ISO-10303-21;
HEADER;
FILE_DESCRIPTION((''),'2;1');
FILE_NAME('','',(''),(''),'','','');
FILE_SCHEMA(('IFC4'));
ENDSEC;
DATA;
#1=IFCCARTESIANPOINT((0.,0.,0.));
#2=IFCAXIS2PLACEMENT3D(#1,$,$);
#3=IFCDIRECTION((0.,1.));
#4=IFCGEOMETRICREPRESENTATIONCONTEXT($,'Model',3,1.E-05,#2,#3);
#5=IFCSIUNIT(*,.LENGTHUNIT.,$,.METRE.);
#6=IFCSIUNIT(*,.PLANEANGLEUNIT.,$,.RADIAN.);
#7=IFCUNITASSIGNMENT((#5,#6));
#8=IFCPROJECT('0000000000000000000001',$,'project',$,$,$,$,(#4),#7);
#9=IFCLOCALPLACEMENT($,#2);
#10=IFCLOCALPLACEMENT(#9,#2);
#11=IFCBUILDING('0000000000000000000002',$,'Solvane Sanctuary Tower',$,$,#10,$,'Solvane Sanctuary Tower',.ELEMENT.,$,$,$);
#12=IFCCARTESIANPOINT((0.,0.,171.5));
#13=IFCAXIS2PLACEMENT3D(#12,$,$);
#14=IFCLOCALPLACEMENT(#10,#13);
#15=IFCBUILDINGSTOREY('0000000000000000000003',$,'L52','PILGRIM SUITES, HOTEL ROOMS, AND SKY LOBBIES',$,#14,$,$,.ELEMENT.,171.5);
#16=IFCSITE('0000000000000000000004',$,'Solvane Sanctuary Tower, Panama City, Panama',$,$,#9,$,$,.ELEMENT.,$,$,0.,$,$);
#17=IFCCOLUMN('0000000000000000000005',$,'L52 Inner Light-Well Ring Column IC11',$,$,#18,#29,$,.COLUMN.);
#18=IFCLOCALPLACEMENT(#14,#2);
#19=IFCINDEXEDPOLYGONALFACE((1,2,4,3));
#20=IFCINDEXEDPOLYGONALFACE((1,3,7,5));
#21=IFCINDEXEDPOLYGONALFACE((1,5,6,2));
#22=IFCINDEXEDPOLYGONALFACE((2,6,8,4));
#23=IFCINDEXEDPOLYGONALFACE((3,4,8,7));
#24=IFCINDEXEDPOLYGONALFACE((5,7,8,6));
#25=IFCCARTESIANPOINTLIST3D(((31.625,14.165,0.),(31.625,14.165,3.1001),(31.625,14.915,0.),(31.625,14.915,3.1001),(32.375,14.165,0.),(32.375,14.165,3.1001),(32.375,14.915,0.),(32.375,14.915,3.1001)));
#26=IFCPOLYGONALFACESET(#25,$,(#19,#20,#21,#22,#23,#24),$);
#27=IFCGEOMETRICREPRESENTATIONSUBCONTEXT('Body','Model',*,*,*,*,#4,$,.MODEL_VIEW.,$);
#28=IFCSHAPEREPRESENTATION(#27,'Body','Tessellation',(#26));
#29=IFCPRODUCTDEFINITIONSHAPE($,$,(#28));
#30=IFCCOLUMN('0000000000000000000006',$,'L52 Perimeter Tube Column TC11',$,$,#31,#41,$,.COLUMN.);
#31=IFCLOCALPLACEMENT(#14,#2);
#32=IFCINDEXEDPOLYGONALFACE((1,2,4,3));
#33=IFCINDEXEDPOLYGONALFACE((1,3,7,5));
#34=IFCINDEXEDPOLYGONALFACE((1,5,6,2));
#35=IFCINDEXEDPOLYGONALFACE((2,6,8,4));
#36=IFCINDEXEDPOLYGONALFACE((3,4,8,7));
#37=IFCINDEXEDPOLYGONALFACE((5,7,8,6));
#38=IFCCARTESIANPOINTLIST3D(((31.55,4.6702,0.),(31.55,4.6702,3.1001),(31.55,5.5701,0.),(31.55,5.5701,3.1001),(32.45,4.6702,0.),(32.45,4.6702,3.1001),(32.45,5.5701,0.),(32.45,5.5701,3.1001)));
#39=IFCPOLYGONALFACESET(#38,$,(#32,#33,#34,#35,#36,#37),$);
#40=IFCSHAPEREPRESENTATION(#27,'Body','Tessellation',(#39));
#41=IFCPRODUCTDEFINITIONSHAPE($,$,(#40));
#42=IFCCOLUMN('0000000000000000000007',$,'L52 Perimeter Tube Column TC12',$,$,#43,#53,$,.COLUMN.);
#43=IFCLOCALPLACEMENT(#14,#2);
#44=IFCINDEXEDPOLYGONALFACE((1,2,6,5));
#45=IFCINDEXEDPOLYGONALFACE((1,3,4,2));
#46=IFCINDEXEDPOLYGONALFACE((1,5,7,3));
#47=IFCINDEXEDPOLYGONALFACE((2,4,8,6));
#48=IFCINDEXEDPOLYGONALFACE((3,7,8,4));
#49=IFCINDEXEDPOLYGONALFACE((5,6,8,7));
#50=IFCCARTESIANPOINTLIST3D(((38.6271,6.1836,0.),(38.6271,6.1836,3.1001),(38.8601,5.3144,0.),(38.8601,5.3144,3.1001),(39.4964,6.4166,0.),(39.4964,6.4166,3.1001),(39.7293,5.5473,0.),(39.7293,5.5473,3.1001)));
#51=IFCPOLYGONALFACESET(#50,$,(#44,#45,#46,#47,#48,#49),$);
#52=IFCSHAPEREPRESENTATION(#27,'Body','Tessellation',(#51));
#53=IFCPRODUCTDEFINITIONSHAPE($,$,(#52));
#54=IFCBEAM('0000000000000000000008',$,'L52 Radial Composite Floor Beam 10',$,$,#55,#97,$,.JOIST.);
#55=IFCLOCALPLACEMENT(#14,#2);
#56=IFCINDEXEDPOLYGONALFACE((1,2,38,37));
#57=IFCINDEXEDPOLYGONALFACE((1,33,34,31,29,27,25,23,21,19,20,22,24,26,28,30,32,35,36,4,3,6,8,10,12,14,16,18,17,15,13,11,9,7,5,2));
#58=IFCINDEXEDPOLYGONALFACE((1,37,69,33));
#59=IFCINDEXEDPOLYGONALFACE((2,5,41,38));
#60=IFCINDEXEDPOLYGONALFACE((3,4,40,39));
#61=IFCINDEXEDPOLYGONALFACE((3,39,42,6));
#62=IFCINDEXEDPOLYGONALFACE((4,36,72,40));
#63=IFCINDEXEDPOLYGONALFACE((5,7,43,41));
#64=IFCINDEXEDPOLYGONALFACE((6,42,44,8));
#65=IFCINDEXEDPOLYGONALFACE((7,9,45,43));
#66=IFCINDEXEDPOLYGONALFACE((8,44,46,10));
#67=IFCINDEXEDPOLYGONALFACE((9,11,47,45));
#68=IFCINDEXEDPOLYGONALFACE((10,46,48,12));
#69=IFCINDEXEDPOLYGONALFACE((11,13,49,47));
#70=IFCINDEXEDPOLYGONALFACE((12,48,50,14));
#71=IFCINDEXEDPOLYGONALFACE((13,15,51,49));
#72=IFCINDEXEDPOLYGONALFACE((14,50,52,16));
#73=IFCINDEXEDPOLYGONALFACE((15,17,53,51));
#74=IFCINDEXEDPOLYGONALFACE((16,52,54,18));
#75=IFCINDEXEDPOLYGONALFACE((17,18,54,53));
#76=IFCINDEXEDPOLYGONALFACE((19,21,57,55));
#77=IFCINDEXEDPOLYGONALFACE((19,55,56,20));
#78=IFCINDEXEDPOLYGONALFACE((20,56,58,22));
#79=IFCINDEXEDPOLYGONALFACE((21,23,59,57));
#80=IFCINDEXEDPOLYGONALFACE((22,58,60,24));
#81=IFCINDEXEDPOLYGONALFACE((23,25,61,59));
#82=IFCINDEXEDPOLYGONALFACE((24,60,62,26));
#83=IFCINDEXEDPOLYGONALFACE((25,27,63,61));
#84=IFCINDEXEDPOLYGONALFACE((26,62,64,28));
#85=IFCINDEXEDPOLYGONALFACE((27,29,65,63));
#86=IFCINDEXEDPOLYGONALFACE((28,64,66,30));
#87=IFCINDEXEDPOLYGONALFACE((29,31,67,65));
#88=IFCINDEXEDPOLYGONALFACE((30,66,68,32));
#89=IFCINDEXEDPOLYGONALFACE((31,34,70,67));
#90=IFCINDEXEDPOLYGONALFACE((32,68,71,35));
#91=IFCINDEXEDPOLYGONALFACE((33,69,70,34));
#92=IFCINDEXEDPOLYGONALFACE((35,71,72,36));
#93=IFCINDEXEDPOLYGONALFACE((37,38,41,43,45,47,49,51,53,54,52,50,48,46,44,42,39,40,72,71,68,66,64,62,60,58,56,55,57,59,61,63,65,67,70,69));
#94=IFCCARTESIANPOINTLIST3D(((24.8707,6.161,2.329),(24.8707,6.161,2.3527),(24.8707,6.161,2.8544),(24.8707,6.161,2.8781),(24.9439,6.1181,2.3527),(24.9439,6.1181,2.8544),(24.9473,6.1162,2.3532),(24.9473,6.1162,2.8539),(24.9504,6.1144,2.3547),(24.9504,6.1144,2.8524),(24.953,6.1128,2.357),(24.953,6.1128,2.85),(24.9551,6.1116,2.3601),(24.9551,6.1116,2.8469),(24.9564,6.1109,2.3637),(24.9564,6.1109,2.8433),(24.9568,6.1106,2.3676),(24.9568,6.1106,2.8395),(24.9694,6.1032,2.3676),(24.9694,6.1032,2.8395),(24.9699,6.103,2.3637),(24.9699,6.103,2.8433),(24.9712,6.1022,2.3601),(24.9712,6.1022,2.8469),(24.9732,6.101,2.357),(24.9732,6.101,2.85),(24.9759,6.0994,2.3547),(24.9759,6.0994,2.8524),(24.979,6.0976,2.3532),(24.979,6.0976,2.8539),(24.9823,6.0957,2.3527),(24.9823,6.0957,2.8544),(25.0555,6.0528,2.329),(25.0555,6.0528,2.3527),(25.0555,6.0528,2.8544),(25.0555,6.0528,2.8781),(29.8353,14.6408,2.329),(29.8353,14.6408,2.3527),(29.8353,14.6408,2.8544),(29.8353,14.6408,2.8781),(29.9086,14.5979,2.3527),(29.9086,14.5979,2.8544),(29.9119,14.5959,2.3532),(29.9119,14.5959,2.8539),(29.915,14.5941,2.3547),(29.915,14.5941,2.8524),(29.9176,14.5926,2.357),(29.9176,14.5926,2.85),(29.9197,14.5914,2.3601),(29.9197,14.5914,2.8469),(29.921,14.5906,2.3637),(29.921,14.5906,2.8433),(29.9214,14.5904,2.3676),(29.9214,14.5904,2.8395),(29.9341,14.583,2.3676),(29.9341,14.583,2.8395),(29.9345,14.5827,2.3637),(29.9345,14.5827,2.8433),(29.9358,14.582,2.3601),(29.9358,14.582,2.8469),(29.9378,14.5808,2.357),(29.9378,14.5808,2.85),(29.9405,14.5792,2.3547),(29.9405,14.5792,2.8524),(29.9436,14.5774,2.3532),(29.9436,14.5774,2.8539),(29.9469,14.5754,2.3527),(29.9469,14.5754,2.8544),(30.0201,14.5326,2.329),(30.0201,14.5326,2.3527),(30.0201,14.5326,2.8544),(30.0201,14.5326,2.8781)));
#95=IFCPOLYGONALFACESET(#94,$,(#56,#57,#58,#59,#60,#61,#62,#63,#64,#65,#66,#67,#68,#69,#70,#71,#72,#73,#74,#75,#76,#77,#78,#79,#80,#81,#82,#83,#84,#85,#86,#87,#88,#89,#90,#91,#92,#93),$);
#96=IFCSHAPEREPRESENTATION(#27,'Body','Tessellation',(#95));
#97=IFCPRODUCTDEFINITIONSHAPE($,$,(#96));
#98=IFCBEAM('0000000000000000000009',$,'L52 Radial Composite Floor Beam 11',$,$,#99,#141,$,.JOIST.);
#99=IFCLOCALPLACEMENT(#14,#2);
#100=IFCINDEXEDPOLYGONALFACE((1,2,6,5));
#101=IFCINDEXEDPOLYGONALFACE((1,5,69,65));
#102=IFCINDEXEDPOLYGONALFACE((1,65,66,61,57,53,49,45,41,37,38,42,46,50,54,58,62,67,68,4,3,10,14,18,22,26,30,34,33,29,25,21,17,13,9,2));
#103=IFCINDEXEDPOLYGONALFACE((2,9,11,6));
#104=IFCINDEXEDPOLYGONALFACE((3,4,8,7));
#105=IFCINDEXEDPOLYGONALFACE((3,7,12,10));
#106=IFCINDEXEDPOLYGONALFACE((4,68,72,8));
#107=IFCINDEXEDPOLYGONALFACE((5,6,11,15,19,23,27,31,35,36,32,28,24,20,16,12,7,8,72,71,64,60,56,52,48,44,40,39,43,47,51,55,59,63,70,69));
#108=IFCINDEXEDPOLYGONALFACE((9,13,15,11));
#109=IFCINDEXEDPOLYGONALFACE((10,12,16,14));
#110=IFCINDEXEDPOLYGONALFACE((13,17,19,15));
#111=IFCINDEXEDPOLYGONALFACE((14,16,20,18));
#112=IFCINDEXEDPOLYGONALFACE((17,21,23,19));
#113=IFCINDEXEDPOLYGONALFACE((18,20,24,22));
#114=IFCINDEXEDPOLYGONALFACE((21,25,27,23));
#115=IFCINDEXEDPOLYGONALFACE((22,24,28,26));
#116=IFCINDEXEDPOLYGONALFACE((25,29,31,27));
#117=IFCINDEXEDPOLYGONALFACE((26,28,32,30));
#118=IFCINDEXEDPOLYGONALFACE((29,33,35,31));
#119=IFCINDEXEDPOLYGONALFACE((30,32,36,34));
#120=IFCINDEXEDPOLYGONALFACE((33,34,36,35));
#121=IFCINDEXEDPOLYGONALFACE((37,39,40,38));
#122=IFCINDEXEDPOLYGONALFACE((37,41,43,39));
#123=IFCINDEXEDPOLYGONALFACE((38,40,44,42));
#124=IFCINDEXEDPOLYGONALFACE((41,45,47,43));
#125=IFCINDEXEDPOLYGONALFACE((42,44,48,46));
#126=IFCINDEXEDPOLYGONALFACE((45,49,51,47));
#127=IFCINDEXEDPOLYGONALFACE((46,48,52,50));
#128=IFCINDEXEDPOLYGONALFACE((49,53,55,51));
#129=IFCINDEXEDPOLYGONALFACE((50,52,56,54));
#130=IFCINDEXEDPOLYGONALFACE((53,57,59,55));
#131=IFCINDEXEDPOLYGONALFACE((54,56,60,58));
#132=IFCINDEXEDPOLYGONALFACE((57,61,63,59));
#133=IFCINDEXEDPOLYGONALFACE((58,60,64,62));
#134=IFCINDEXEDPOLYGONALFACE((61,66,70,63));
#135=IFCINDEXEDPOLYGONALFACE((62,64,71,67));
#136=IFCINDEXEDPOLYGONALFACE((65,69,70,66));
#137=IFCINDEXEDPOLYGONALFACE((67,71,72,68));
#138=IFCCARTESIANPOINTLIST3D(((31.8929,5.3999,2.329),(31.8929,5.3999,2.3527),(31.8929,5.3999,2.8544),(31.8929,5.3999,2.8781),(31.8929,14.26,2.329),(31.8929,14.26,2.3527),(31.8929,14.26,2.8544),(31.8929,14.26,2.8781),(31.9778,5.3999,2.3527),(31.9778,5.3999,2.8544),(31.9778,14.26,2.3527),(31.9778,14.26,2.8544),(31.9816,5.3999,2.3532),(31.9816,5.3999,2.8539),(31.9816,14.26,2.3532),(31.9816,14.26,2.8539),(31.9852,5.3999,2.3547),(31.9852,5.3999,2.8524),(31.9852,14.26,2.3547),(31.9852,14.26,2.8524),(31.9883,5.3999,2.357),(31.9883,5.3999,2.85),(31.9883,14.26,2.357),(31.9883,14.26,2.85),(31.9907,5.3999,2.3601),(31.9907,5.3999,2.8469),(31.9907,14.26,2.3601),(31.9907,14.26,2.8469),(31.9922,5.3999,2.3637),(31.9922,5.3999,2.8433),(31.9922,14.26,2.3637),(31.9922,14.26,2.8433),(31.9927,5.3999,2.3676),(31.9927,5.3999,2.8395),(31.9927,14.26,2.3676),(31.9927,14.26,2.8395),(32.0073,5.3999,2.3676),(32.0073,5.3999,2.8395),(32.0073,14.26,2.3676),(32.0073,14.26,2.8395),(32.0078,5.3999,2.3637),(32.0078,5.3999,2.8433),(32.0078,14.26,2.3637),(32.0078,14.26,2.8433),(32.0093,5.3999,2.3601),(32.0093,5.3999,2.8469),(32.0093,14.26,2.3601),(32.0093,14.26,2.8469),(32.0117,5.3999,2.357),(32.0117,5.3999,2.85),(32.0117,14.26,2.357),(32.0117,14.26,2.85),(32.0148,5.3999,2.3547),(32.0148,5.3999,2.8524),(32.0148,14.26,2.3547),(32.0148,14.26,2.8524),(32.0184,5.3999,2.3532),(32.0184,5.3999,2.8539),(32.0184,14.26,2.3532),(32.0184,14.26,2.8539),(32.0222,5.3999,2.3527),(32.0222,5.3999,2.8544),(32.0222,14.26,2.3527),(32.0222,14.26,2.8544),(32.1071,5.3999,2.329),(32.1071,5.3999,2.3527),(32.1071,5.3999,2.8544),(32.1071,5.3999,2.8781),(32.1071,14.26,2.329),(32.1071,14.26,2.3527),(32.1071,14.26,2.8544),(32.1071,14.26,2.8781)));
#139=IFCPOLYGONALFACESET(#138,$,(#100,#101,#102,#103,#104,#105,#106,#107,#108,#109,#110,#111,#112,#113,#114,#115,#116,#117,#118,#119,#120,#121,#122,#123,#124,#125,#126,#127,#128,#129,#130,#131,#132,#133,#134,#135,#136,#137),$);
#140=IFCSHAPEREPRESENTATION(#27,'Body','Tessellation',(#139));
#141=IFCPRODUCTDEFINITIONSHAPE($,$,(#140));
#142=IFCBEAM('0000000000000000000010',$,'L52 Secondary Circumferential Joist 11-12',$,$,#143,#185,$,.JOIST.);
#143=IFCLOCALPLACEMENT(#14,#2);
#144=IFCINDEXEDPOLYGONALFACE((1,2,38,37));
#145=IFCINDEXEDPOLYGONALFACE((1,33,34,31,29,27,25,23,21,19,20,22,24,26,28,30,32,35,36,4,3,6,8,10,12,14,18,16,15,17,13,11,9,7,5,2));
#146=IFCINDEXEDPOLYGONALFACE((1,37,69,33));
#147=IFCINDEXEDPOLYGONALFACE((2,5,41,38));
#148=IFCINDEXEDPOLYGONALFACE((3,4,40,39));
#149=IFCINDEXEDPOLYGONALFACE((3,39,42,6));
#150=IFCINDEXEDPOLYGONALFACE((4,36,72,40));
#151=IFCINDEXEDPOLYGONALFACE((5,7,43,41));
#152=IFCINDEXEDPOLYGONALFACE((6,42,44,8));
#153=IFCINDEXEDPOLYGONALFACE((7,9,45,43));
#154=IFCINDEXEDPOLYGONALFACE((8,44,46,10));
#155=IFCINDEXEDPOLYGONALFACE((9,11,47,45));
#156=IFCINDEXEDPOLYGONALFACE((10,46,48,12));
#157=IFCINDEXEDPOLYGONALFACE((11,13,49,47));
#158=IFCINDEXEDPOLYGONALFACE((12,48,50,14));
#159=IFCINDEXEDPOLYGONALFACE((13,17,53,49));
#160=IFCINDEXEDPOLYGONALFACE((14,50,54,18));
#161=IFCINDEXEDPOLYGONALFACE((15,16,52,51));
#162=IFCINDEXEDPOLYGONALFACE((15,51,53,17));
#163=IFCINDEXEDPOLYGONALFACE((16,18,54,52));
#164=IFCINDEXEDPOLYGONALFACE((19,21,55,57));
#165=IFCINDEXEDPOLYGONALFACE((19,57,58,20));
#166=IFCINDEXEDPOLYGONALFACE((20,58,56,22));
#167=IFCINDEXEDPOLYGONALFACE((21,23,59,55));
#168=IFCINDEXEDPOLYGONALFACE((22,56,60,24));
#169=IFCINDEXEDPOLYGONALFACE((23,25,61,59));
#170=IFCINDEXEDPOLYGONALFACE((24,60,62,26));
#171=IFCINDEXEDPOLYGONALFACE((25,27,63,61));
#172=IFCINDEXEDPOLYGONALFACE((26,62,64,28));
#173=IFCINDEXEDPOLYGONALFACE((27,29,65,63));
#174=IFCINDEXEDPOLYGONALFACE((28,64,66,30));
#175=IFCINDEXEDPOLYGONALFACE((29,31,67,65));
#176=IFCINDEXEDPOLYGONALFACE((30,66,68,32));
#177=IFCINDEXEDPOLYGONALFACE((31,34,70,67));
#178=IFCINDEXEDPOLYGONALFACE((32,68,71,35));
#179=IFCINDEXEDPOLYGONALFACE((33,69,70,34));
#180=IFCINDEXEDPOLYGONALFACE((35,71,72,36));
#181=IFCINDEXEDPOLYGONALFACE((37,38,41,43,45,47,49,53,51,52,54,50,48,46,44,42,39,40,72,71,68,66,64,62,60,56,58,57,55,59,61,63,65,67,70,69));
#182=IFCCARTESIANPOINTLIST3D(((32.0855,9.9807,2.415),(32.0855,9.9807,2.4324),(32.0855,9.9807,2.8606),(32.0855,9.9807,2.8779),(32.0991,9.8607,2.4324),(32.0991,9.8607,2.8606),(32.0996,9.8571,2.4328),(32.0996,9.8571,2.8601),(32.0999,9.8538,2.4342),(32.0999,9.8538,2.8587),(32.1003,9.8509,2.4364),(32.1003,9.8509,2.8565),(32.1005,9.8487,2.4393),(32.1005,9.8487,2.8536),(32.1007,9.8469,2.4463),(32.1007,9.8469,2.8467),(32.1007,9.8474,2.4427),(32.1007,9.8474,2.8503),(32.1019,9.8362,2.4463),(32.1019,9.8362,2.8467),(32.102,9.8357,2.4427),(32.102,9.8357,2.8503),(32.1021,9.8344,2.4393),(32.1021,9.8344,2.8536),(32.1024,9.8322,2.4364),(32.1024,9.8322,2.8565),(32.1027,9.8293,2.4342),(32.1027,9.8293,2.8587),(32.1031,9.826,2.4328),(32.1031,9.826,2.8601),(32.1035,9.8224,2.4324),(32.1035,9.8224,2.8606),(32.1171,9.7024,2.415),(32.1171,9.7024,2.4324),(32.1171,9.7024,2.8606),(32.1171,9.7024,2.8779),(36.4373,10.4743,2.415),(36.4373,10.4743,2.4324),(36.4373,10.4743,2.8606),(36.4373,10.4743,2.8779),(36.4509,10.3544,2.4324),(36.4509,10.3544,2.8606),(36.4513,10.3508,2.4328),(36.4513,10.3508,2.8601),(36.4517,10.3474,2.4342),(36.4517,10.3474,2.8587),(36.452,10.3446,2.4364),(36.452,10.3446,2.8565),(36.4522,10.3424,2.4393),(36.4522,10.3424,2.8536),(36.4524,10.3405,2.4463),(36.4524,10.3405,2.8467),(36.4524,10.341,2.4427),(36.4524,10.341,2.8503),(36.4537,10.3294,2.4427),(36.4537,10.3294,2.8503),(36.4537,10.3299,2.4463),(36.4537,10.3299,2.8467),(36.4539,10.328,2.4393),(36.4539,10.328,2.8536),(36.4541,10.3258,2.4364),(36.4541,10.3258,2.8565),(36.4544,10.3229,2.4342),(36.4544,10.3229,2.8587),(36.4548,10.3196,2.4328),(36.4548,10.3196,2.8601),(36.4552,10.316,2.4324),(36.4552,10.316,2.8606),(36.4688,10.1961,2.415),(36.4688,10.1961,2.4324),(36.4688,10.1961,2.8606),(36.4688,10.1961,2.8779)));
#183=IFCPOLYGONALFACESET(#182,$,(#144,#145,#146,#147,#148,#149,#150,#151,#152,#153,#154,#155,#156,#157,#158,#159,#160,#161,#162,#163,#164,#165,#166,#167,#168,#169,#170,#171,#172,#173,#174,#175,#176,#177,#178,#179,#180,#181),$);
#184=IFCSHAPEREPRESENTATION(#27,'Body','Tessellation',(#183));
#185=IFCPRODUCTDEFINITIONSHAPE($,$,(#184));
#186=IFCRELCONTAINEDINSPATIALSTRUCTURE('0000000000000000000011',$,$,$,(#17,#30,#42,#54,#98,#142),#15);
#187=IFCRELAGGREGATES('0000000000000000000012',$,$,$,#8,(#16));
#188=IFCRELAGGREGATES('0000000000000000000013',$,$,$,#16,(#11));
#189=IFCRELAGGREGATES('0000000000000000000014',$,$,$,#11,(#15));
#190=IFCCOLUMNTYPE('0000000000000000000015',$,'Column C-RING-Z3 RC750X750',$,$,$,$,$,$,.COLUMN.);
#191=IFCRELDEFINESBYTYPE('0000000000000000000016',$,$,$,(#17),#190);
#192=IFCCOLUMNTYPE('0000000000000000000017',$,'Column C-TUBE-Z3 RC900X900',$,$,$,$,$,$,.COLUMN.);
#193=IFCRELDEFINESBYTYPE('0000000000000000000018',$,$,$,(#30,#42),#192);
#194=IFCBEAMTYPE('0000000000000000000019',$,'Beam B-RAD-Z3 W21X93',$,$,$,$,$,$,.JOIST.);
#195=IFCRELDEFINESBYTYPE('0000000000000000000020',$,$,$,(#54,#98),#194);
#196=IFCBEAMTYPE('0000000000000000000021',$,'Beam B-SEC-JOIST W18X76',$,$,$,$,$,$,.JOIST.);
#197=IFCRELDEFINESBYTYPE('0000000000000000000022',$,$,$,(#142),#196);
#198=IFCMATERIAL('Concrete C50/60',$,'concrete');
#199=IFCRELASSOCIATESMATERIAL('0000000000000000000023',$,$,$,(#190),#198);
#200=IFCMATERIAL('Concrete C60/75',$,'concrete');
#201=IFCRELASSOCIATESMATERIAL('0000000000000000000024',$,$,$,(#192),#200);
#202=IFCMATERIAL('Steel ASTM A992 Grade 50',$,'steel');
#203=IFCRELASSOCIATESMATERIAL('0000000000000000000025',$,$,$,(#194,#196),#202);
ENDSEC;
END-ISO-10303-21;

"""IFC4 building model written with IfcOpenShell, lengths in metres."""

from ifc_helpers import new_model, si_unit, direction, frame, origin, origin_2d, place, context, subcontext, project, spatial, rectangle, i_section, extrude, material, material_profile, profile_set, type_object, element, save


model = new_model("IFC4")

# Units and contexts
model_context = context("Model", 3, precision=1e-05, world=origin(), true_north=direction((0.0, 1.0)))
body_context = subcontext(model_context, "Body", "Model", "MODEL_VIEW")
ifc_project = project(units=[si_unit("LENGTHUNIT", "METRE"), si_unit("PLANEANGLEUNIT", "RADIAN")], contexts=[model_context])

# Site, building, storey
site_placement = place(None, origin())
site = spatial("IfcSite", under=ifc_project, at=site_placement, Name="Solvane Sanctuary Tower, Panama City, Panama", CompositionType="ELEMENT", RefElevation=0.0)
building_placement = place(site_placement, origin())
building = spatial("IfcBuilding", under=site, at=building_placement, Name="Solvane Sanctuary Tower", LongName="Solvane Sanctuary Tower", CompositionType="ELEMENT")
storey_placement = place(building_placement, frame((0.0, 0.0, 171.5)))
storey = spatial("IfcBuildingStorey", under=building, at=storey_placement, Name="L52", Description="PILGRIM SUITES, HOTEL ROOMS, AND SKY LOBBIES", CompositionType="ELEMENT", Elevation=171.5)

# Columns
ifc_material_1 = material(Name="Concrete C50/60", Category="concrete")
ifc_material_profile_1 = material_profile(ifc_material_1, rectangle(XDim=0.75, YDim=0.75, at=origin_2d()), Name="RC750X750")
ifc_profile_set_1 = profile_set([ifc_material_profile_1], Name="Concrete C50/60")
column_type_1 = type_object("IfcColumnType", Name="Column C-RING-Z3 RC750X750", PredefinedType="COLUMN", material=ifc_profile_set_1)
column_placement = place(storey_placement, frame((32.0, 14.54, 0.0), z_axis=(0.0, 0.0, 1.0), x_axis=(1.0, 0.0, 0.0)))
element("IfcColumn", 1, at=column_placement, inside=storey, type_object=column_type_1, Name="L52 Inner Light-Well Ring Column IC11", PredefinedType="COLUMN", context=body_context, shape_type="SweptSolid", body=[
    extrude(rectangle(XDim=0.75, YDim=0.75, at=origin_2d()), origin(), (0.0, 0.0, 1.0), 3.1001),
])
ifc_material_2 = material(Name="Concrete C60/75", Category="concrete")
ifc_material_profile_2 = material_profile(ifc_material_2, rectangle(XDim=0.8999, YDim=0.8999, at=origin_2d()), Name="RC900X900")
ifc_profile_set_2 = profile_set([ifc_material_profile_2], Name="Concrete C60/75")
column_type_2 = type_object("IfcColumnType", Name="Column C-TUBE-Z3 RC900X900", PredefinedType="COLUMN", material=ifc_profile_set_2)
for number, where, z_axis, x_axis, name in (
    (2, (32.0, 5.1201, 0.0), (0.0, 0.0, 1.0), (0.0, -1.0, 0.0), "L52 Perimeter Tube Column TC11"),
    (3, (39.1782, 5.8655, 0.0), (0.0, 0.0, 1.0), (0.258819, -0.965926, 0.0), "L52 Perimeter Tube Column TC12"),
):
    element("IfcColumn", number, at=place(storey_placement, frame(where, z_axis=z_axis, x_axis=x_axis)), inside=storey, type_object=column_type_2, Name=name, PredefinedType="COLUMN", context=body_context, shape_type="SweptSolid", body=[
        extrude(rectangle(XDim=0.8999, YDim=0.8999, at=origin_2d()), origin(), (0.0, 0.0, 1.0), 3.1001),
    ])

# Beams
ifc_material_3 = material(Name="Steel ASTM A992 Grade 50", Category="steel")
ifc_material_profile_3 = material_profile(ifc_material_3, i_section(OverallWidth=0.2141, OverallDepth=0.5491, WebThickness=0.0146, FlangeThickness=0.0237, FilletRadius=0.0149, at=origin_2d()), Name="W21X93")
ifc_profile_set_3 = profile_set([ifc_material_profile_3], Name="Steel ASTM A992 Grade 50")
beam_type_1 = type_object("IfcBeamType", Name="Beam B-RAD-Z3 W21X93", PredefinedType="JOIST", material=ifc_profile_set_3)
beam_1_placement = place(storey_placement, frame((29.9277, 14.5867, 2.6035), z_axis=(-0.505244, -0.862977, 0.0), x_axis=(0.862977, -0.505244, 0.0)))
element("IfcBeam", 4, at=beam_1_placement, inside=storey, type_object=beam_type_1, Name="L52 Radial Composite Floor Beam 10", PredefinedType="JOIST", context=body_context, shape_type="SweptSolid", body=[
    extrude(i_section(OverallWidth=0.2141, OverallDepth=0.5491, WebThickness=0.0146, FlangeThickness=0.0237, FilletRadius=0.0149, at=origin_2d()), origin(), (0.0, 0.0, 1.0), 9.8262),
])
beam_2_placement = place(storey_placement, frame((32.0, 14.26, 2.6035), z_axis=(0.0, -1.0, 0.0), x_axis=(1.0, 0.0, 0.0)))
element("IfcBeam", 5, at=beam_2_placement, inside=storey, type_object=beam_type_1, Name="L52 Radial Composite Floor Beam 11", PredefinedType="JOIST", context=body_context, shape_type="SweptSolid", body=[
    extrude(i_section(OverallWidth=0.2141, OverallDepth=0.5491, WebThickness=0.0146, FlangeThickness=0.0237, FilletRadius=0.0149, at=origin_2d()), origin(), (0.0, 0.0, 1.0), 8.8601),
])
ifc_material_profile_4 = material_profile(ifc_material_3, i_section(OverallWidth=0.28, OverallDepth=0.4629, WebThickness=0.0107, FlangeThickness=0.0173, FilletRadius=0.0139, at=origin_2d()), Name="W18X76")
ifc_profile_set_4 = profile_set([ifc_material_profile_4], Name="Steel ASTM A992 Grade 50")
beam_type_2 = type_object("IfcBeamType", Name="Beam B-SEC-JOIST W18X76", PredefinedType="JOIST", material=ifc_profile_set_4)
beam_3_placement = place(storey_placement, frame((32.1013, 9.8416, 2.6465), z_axis=(0.993628, 0.112713, 0.0), x_axis=(-0.112713, 0.993628, 0.0)))
element("IfcBeam", 6, at=beam_3_placement, inside=storey, type_object=beam_type_2, Name="L52 Secondary Circumferential Joist 11-12", PredefinedType="JOIST", context=body_context, shape_type="SweptSolid", body=[
    extrude(i_section(OverallWidth=0.28, OverallDepth=0.4629, WebThickness=0.0107, FlangeThickness=0.0173, FilletRadius=0.0139, at=origin_2d()), origin(), (0.0, 0.0, 1.0), 4.3796),
])

save(model, "model.ifc")
